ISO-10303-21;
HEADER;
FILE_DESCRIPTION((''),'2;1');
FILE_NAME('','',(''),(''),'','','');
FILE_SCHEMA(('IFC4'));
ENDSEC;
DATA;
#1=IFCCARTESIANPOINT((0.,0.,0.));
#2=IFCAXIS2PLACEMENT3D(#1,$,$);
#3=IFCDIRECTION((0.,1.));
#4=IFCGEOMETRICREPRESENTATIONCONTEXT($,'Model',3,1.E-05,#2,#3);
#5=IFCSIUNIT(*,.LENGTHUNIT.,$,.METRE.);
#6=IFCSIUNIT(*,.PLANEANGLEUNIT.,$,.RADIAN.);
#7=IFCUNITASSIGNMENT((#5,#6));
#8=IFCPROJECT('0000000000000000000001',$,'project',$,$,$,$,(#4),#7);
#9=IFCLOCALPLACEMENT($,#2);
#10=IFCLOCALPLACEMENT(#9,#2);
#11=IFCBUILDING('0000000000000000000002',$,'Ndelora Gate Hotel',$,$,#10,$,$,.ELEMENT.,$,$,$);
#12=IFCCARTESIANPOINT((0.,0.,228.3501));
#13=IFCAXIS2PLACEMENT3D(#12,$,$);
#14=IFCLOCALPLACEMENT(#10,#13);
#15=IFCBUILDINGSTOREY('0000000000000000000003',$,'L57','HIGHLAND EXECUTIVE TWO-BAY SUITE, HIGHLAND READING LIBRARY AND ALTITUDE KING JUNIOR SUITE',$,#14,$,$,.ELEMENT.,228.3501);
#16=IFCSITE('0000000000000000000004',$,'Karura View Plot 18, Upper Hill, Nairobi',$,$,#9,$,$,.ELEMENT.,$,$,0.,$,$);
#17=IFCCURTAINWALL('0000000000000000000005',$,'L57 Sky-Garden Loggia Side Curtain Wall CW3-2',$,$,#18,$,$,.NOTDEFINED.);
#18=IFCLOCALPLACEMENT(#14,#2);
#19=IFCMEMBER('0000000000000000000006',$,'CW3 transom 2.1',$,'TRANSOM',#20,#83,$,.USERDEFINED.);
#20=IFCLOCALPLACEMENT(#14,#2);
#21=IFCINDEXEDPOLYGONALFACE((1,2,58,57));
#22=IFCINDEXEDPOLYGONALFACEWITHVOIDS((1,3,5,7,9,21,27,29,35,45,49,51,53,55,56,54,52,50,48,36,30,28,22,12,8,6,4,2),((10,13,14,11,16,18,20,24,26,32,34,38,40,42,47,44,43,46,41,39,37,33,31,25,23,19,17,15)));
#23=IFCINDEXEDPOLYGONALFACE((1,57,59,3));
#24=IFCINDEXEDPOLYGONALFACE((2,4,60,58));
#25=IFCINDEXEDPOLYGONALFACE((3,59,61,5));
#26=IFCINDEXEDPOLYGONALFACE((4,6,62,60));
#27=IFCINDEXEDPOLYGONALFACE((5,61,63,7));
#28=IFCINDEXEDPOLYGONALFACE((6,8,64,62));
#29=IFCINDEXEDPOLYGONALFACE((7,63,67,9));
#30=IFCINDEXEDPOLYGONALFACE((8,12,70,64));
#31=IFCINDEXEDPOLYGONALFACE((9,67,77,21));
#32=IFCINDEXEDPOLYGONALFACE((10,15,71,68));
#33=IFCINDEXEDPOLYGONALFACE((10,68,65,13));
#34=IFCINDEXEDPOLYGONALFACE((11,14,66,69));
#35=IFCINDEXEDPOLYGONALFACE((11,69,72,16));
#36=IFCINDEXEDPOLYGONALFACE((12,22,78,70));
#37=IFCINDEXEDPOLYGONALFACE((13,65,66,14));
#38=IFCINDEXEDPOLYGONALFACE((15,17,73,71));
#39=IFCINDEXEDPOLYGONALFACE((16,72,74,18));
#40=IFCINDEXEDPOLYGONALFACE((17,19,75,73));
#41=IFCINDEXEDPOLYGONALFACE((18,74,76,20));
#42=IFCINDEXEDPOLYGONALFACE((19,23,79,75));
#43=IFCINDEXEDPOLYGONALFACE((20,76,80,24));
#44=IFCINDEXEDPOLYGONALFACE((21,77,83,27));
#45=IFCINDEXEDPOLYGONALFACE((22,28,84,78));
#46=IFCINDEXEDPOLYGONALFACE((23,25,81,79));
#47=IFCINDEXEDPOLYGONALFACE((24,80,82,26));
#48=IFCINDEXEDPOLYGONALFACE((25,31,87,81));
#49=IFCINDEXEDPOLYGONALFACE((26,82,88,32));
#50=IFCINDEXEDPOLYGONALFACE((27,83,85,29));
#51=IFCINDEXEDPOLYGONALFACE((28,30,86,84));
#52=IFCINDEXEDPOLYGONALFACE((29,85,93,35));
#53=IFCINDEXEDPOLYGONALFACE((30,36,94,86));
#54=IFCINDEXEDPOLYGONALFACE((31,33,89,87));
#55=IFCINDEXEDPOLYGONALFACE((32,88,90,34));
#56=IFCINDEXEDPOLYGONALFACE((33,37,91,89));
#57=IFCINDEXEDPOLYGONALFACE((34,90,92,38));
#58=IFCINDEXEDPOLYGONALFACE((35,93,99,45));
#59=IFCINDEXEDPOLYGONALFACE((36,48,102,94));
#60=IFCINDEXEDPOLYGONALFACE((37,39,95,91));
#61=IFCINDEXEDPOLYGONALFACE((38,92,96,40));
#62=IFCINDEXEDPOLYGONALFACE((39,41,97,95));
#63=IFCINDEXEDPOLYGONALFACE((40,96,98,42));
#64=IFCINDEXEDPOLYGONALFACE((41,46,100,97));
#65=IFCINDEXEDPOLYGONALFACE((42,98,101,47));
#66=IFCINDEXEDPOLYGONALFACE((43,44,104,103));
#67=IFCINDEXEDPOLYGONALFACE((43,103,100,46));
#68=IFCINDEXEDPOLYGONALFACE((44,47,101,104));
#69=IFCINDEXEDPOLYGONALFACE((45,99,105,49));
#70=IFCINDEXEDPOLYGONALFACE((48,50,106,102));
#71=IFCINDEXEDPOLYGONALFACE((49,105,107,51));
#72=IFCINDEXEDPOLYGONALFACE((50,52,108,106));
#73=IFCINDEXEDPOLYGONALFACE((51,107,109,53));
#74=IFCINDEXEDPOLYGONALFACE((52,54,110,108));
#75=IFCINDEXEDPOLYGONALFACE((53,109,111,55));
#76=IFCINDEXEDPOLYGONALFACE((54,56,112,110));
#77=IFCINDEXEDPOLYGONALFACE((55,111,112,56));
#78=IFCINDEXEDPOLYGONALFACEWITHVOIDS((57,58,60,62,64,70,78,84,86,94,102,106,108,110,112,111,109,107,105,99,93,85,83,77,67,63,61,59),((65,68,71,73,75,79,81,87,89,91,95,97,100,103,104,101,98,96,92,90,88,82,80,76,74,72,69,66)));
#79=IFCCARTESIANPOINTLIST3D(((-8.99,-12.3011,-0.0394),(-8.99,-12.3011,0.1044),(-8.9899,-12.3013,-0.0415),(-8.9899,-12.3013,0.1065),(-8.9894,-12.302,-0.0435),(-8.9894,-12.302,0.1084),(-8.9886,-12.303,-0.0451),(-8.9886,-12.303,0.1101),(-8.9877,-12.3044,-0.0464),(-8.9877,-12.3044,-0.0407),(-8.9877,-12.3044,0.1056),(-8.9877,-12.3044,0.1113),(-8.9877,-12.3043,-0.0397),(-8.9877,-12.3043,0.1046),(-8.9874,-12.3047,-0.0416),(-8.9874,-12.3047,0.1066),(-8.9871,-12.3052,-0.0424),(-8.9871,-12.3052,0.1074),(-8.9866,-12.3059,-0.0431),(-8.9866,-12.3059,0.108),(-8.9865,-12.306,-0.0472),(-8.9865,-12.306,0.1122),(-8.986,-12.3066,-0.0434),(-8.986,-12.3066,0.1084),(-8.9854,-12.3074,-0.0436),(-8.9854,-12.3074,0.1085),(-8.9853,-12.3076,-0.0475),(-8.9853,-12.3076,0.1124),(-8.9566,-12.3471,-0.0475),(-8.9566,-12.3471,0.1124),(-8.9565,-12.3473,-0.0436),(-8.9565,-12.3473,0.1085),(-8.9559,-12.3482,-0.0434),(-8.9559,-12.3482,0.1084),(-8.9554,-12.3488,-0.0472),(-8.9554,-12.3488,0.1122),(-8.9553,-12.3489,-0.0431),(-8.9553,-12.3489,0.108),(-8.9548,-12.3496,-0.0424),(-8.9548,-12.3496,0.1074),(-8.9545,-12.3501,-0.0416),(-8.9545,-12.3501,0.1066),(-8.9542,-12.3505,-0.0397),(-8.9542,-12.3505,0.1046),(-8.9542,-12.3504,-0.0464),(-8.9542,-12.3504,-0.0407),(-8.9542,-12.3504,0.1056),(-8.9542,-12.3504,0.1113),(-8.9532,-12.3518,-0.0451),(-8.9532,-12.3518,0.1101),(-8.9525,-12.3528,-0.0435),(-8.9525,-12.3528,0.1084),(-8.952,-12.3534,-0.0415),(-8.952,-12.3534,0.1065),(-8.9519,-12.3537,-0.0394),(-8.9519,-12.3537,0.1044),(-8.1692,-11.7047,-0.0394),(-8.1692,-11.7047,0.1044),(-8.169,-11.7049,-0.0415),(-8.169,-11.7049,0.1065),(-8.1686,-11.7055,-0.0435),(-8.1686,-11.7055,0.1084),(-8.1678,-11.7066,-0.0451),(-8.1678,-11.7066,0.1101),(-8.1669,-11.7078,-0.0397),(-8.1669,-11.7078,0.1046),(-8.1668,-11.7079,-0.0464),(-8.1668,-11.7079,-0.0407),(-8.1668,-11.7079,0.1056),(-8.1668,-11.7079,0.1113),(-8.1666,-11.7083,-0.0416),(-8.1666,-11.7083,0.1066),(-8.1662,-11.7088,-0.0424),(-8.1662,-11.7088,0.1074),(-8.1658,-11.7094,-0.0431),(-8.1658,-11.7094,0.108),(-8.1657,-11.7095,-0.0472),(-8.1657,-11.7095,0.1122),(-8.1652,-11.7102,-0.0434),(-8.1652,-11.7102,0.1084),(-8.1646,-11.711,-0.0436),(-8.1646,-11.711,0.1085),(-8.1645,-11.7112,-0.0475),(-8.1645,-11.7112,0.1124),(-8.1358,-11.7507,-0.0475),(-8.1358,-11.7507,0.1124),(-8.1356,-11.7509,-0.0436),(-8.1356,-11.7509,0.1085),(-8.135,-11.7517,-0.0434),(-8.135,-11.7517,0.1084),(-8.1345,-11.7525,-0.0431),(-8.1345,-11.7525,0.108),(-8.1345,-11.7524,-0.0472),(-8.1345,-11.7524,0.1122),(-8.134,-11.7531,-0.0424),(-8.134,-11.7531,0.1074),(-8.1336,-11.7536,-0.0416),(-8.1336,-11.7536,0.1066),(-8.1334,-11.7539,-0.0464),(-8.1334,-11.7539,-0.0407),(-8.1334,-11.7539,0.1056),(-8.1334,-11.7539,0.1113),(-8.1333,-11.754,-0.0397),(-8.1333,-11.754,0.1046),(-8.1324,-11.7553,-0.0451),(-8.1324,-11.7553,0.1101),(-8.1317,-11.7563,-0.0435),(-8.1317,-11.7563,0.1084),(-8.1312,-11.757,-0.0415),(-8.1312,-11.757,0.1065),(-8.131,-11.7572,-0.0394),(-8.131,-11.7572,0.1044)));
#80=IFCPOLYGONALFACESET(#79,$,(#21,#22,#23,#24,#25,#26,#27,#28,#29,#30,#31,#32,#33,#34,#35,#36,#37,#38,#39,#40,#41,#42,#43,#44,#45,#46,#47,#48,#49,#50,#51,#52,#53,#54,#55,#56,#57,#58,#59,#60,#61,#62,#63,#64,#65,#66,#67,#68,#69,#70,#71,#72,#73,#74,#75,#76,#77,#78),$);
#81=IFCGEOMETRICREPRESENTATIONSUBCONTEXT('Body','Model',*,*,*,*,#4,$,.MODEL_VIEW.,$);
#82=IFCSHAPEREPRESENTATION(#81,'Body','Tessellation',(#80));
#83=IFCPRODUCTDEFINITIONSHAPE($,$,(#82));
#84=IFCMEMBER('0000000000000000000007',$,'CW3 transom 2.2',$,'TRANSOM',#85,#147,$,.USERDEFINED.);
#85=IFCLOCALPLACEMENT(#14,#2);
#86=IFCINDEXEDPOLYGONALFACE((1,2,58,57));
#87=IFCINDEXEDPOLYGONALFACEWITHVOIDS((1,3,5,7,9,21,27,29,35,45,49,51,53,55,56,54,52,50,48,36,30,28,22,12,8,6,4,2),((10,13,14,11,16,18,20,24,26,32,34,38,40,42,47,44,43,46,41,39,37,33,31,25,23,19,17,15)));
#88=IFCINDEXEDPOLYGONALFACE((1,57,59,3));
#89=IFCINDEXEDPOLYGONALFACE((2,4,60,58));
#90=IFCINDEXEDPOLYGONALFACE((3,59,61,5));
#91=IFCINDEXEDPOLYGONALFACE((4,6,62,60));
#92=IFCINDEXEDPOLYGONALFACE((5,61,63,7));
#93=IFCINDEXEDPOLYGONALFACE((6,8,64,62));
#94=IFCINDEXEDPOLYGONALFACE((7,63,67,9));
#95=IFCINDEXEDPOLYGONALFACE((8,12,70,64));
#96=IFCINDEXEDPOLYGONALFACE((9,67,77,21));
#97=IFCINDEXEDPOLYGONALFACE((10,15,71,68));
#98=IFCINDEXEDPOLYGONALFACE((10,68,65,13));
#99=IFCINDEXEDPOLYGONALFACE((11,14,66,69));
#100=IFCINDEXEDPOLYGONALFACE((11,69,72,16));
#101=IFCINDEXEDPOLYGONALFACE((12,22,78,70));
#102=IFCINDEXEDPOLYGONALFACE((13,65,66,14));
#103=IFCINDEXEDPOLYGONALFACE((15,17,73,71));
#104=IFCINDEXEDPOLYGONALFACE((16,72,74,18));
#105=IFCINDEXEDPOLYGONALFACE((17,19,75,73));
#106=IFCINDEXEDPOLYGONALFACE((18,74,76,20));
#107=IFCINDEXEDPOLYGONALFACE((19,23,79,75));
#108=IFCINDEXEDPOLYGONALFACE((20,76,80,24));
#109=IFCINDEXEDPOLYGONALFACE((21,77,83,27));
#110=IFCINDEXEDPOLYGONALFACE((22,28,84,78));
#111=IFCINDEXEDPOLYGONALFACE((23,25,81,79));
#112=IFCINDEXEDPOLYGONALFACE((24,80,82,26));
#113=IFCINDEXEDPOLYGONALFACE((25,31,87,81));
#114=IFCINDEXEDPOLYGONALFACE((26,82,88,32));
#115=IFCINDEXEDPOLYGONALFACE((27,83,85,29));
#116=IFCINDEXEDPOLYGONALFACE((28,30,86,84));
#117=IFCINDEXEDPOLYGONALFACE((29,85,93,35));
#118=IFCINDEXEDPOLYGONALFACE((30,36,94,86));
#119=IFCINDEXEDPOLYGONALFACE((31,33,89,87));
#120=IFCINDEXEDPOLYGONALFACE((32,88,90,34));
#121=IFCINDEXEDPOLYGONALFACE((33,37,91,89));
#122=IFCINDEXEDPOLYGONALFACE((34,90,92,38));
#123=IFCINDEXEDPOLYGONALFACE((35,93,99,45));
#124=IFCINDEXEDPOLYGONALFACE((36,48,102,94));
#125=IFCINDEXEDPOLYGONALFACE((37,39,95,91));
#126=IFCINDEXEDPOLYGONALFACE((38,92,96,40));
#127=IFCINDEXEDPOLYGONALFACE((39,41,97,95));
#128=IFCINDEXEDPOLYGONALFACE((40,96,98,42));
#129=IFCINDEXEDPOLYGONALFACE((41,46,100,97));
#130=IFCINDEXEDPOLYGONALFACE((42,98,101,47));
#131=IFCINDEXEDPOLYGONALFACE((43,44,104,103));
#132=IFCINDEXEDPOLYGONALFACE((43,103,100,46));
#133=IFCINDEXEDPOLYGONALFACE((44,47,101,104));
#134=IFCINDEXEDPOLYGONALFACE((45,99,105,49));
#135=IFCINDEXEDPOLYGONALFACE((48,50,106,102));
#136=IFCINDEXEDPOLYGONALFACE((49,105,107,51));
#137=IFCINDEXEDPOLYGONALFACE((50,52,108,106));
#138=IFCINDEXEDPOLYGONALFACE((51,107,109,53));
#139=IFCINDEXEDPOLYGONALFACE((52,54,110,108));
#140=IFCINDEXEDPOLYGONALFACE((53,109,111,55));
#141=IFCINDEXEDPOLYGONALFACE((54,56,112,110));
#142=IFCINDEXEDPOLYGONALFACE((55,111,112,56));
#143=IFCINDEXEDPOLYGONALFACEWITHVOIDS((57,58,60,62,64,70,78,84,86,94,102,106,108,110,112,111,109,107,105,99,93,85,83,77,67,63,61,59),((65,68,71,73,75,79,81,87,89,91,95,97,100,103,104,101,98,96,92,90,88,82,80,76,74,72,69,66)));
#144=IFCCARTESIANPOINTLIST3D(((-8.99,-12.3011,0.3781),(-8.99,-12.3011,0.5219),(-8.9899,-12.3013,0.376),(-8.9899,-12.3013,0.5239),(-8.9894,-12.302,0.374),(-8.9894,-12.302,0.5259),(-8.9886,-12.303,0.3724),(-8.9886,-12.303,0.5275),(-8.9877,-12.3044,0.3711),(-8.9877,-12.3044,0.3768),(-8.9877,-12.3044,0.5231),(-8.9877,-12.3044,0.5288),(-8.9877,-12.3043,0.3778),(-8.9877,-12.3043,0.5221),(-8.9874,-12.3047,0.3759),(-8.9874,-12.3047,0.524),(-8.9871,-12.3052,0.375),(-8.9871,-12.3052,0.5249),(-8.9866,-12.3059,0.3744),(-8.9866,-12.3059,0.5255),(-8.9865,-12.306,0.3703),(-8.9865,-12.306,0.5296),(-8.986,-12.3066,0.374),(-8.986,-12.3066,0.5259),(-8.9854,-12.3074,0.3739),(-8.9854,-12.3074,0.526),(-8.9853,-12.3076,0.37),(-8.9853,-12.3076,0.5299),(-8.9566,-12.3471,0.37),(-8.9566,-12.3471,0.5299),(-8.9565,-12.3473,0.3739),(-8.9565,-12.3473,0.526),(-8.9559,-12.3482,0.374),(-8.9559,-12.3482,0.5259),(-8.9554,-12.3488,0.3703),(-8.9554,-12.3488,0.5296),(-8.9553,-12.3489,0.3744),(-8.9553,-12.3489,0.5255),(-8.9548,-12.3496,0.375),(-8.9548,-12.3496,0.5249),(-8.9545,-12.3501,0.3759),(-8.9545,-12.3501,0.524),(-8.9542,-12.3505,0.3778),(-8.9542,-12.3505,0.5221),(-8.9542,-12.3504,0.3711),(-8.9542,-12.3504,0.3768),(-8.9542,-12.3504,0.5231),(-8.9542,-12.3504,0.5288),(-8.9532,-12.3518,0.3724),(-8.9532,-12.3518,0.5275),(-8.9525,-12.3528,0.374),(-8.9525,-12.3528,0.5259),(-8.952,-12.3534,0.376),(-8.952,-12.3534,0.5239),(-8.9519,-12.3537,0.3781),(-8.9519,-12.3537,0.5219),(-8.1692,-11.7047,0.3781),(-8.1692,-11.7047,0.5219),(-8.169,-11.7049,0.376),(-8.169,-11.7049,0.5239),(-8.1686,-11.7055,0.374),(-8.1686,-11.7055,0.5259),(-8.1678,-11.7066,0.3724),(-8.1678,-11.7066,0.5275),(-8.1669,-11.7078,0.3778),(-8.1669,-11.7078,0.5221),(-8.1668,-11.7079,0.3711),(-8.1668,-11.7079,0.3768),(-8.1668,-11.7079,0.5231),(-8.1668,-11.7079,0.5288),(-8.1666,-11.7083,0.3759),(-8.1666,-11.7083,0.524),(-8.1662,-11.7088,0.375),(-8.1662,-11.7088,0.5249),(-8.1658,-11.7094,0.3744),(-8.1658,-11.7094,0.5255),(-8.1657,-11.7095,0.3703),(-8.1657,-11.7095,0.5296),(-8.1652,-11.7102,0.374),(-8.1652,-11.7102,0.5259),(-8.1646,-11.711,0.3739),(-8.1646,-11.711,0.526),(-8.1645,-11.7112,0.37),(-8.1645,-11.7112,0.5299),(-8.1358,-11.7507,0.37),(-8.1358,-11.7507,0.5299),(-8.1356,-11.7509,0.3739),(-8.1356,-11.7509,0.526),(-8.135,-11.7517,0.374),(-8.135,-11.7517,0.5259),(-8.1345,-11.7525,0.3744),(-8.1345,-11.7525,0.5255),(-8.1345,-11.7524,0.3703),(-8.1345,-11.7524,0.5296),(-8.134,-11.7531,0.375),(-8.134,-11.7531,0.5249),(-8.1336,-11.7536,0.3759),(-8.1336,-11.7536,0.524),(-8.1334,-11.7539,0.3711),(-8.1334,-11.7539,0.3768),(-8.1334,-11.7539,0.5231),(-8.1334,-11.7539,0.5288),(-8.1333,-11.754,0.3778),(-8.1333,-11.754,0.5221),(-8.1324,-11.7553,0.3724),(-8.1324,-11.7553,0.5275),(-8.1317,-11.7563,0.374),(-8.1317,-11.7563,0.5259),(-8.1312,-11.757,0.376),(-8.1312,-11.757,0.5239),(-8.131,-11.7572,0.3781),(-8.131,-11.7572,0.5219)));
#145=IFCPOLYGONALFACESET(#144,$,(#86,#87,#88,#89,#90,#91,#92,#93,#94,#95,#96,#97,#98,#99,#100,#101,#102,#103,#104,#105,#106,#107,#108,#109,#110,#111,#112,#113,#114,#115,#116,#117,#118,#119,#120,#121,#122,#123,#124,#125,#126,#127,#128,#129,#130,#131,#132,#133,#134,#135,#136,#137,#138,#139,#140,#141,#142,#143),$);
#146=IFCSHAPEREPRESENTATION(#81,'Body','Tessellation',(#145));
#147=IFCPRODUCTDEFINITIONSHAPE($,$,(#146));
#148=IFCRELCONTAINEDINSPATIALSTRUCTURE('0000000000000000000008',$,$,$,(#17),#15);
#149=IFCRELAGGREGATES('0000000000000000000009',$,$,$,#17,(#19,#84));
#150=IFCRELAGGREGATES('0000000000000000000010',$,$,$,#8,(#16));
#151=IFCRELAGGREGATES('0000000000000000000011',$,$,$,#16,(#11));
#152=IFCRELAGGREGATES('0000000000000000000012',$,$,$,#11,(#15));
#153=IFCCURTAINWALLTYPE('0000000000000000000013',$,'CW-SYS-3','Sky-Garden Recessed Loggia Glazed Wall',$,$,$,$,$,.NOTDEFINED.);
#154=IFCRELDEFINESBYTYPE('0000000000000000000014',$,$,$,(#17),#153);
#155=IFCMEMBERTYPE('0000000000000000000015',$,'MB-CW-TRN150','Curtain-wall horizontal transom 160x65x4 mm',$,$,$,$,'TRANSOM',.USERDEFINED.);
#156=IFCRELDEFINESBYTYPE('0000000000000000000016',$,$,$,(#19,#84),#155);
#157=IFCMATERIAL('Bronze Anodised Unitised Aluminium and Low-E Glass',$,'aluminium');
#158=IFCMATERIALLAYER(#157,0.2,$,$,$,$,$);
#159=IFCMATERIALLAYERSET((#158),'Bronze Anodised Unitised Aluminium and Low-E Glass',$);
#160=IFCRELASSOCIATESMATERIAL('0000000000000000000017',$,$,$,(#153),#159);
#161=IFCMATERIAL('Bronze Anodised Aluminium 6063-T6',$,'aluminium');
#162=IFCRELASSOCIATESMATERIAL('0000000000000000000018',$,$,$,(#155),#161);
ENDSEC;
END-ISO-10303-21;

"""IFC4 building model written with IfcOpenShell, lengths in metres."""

from ifc_helpers import new_model, si_unit, direction, frame, origin, origin_2d, place, context, subcontext, project, spatial, hollow_rectangle, extrude, material, layer, layer_set, material_profile, profile_set, type_object, element, aggregate, save


model = new_model("IFC4")

# Units and contexts
model_context = context("Model", 3, precision=1e-05, world=origin(), true_north=direction((0.0, 1.0)))
body_context = subcontext(model_context, "Body", "Model", "MODEL_VIEW")
ifc_project = project(units=[si_unit("LENGTHUNIT", "METRE"), si_unit("PLANEANGLEUNIT", "RADIAN")], contexts=[model_context])

# Site, building, storey
site_placement = place(None, origin())
site = spatial("IfcSite", under=ifc_project, at=site_placement, Name="Karura View Plot 18, Upper Hill, Nairobi", CompositionType="ELEMENT", RefElevation=0.0)
building_placement = place(site_placement, origin())
building = spatial("IfcBuilding", under=site, at=building_placement, Name="Ndelora Gate Hotel", CompositionType="ELEMENT")
storey_placement = place(building_placement, frame((0.0, 0.0, 228.3501)))
storey = spatial("IfcBuildingStorey", under=building, at=storey_placement, Name="L57", Description="HIGHLAND EXECUTIVE TWO-BAY SUITE, HIGHLAND READING LIBRARY AND ALTITUDE KING JUNIOR SUITE", CompositionType="ELEMENT", Elevation=228.3501)

# Curtain wall, members
ifc_material_1 = material(Name="Bronze Anodised Unitised Aluminium and Low-E Glass", Category="aluminium")
ifc_layer_1 = layer(ifc_material_1, 0.2)
ifc_layer_set_1 = layer_set([ifc_layer_1], Name="Bronze Anodised Unitised Aluminium and Low-E Glass")
curtain_wall_type = type_object("IfcCurtainWallType", Name="CW-SYS-3", Description="Sky-Garden Recessed Loggia Glazed Wall", PredefinedType="NOTDEFINED", material=ifc_layer_set_1)
curtain_wall_placement = place(storey_placement, origin())
curtain_wall = element("IfcCurtainWall", 1, at=curtain_wall_placement, inside=storey, type_object=curtain_wall_type, Name="L57 Sky-Garden Loggia Side Curtain Wall CW3-2", PredefinedType="NOTDEFINED")
ifc_material_2 = material(Name="Bronze Anodised Aluminium 6063-T6", Category="aluminium")
ifc_material_profile_1 = material_profile(ifc_material_2, hollow_rectangle(XDim=0.0649, YDim=0.1599, WallThickness=0.0039, InnerFilletRadius=0.0039, OuterFilletRadius=0.0081, at=origin_2d()), Name="ALU 160x65x4")
ifc_profile_set_1 = profile_set([ifc_material_profile_1], Name="Bronze Anodised Aluminium 6063-T6")
member_type_1 = type_object("IfcMemberType", Name="MB-CW-TRN150", Description="Curtain-wall horizontal transom 160x65x4 mm", ElementType="TRANSOM", PredefinedType="USERDEFINED", material=ifc_profile_set_1)
member_1_placement = place(storey_placement, frame((-8.9709, -12.3274, 0.0325), z_axis=(0.808975, 0.587843, 0.0), x_axis=(-0.587843, 0.808975, 0.0)))
member_1 = element("IfcMember", 2, at=member_1_placement, type_object=member_type_1, Name="CW3 transom 2.1", ObjectType="TRANSOM", PredefinedType="USERDEFINED", context=body_context, shape_type="SweptSolid", body=[
    extrude(hollow_rectangle(XDim=0.0649, YDim=0.1599, WallThickness=0.0039, InnerFilletRadius=0.0039, OuterFilletRadius=0.0081, at=origin_2d()), origin(), (0.0, 0.0, 1.0), 1.0146),
])
member_2_placement = place(storey_placement, frame((-8.9709, -12.3274, 0.45), z_axis=(0.808975, 0.587843, 0.0), x_axis=(-0.587843, 0.808975, 0.0)))
member_2 = element("IfcMember", 3, at=member_2_placement, type_object=member_type_1, Name="CW3 transom 2.2", ObjectType="TRANSOM", PredefinedType="USERDEFINED", context=body_context, shape_type="SweptSolid", body=[
    extrude(hollow_rectangle(XDim=0.0649, YDim=0.1599, WallThickness=0.0039, InnerFilletRadius=0.0039, OuterFilletRadius=0.0081, at=origin_2d()), origin(), (0.0, 0.0, 1.0), 1.0146),
])
aggregate(curtain_wall, [member_1, member_2])

save(model, "model.ifc")
